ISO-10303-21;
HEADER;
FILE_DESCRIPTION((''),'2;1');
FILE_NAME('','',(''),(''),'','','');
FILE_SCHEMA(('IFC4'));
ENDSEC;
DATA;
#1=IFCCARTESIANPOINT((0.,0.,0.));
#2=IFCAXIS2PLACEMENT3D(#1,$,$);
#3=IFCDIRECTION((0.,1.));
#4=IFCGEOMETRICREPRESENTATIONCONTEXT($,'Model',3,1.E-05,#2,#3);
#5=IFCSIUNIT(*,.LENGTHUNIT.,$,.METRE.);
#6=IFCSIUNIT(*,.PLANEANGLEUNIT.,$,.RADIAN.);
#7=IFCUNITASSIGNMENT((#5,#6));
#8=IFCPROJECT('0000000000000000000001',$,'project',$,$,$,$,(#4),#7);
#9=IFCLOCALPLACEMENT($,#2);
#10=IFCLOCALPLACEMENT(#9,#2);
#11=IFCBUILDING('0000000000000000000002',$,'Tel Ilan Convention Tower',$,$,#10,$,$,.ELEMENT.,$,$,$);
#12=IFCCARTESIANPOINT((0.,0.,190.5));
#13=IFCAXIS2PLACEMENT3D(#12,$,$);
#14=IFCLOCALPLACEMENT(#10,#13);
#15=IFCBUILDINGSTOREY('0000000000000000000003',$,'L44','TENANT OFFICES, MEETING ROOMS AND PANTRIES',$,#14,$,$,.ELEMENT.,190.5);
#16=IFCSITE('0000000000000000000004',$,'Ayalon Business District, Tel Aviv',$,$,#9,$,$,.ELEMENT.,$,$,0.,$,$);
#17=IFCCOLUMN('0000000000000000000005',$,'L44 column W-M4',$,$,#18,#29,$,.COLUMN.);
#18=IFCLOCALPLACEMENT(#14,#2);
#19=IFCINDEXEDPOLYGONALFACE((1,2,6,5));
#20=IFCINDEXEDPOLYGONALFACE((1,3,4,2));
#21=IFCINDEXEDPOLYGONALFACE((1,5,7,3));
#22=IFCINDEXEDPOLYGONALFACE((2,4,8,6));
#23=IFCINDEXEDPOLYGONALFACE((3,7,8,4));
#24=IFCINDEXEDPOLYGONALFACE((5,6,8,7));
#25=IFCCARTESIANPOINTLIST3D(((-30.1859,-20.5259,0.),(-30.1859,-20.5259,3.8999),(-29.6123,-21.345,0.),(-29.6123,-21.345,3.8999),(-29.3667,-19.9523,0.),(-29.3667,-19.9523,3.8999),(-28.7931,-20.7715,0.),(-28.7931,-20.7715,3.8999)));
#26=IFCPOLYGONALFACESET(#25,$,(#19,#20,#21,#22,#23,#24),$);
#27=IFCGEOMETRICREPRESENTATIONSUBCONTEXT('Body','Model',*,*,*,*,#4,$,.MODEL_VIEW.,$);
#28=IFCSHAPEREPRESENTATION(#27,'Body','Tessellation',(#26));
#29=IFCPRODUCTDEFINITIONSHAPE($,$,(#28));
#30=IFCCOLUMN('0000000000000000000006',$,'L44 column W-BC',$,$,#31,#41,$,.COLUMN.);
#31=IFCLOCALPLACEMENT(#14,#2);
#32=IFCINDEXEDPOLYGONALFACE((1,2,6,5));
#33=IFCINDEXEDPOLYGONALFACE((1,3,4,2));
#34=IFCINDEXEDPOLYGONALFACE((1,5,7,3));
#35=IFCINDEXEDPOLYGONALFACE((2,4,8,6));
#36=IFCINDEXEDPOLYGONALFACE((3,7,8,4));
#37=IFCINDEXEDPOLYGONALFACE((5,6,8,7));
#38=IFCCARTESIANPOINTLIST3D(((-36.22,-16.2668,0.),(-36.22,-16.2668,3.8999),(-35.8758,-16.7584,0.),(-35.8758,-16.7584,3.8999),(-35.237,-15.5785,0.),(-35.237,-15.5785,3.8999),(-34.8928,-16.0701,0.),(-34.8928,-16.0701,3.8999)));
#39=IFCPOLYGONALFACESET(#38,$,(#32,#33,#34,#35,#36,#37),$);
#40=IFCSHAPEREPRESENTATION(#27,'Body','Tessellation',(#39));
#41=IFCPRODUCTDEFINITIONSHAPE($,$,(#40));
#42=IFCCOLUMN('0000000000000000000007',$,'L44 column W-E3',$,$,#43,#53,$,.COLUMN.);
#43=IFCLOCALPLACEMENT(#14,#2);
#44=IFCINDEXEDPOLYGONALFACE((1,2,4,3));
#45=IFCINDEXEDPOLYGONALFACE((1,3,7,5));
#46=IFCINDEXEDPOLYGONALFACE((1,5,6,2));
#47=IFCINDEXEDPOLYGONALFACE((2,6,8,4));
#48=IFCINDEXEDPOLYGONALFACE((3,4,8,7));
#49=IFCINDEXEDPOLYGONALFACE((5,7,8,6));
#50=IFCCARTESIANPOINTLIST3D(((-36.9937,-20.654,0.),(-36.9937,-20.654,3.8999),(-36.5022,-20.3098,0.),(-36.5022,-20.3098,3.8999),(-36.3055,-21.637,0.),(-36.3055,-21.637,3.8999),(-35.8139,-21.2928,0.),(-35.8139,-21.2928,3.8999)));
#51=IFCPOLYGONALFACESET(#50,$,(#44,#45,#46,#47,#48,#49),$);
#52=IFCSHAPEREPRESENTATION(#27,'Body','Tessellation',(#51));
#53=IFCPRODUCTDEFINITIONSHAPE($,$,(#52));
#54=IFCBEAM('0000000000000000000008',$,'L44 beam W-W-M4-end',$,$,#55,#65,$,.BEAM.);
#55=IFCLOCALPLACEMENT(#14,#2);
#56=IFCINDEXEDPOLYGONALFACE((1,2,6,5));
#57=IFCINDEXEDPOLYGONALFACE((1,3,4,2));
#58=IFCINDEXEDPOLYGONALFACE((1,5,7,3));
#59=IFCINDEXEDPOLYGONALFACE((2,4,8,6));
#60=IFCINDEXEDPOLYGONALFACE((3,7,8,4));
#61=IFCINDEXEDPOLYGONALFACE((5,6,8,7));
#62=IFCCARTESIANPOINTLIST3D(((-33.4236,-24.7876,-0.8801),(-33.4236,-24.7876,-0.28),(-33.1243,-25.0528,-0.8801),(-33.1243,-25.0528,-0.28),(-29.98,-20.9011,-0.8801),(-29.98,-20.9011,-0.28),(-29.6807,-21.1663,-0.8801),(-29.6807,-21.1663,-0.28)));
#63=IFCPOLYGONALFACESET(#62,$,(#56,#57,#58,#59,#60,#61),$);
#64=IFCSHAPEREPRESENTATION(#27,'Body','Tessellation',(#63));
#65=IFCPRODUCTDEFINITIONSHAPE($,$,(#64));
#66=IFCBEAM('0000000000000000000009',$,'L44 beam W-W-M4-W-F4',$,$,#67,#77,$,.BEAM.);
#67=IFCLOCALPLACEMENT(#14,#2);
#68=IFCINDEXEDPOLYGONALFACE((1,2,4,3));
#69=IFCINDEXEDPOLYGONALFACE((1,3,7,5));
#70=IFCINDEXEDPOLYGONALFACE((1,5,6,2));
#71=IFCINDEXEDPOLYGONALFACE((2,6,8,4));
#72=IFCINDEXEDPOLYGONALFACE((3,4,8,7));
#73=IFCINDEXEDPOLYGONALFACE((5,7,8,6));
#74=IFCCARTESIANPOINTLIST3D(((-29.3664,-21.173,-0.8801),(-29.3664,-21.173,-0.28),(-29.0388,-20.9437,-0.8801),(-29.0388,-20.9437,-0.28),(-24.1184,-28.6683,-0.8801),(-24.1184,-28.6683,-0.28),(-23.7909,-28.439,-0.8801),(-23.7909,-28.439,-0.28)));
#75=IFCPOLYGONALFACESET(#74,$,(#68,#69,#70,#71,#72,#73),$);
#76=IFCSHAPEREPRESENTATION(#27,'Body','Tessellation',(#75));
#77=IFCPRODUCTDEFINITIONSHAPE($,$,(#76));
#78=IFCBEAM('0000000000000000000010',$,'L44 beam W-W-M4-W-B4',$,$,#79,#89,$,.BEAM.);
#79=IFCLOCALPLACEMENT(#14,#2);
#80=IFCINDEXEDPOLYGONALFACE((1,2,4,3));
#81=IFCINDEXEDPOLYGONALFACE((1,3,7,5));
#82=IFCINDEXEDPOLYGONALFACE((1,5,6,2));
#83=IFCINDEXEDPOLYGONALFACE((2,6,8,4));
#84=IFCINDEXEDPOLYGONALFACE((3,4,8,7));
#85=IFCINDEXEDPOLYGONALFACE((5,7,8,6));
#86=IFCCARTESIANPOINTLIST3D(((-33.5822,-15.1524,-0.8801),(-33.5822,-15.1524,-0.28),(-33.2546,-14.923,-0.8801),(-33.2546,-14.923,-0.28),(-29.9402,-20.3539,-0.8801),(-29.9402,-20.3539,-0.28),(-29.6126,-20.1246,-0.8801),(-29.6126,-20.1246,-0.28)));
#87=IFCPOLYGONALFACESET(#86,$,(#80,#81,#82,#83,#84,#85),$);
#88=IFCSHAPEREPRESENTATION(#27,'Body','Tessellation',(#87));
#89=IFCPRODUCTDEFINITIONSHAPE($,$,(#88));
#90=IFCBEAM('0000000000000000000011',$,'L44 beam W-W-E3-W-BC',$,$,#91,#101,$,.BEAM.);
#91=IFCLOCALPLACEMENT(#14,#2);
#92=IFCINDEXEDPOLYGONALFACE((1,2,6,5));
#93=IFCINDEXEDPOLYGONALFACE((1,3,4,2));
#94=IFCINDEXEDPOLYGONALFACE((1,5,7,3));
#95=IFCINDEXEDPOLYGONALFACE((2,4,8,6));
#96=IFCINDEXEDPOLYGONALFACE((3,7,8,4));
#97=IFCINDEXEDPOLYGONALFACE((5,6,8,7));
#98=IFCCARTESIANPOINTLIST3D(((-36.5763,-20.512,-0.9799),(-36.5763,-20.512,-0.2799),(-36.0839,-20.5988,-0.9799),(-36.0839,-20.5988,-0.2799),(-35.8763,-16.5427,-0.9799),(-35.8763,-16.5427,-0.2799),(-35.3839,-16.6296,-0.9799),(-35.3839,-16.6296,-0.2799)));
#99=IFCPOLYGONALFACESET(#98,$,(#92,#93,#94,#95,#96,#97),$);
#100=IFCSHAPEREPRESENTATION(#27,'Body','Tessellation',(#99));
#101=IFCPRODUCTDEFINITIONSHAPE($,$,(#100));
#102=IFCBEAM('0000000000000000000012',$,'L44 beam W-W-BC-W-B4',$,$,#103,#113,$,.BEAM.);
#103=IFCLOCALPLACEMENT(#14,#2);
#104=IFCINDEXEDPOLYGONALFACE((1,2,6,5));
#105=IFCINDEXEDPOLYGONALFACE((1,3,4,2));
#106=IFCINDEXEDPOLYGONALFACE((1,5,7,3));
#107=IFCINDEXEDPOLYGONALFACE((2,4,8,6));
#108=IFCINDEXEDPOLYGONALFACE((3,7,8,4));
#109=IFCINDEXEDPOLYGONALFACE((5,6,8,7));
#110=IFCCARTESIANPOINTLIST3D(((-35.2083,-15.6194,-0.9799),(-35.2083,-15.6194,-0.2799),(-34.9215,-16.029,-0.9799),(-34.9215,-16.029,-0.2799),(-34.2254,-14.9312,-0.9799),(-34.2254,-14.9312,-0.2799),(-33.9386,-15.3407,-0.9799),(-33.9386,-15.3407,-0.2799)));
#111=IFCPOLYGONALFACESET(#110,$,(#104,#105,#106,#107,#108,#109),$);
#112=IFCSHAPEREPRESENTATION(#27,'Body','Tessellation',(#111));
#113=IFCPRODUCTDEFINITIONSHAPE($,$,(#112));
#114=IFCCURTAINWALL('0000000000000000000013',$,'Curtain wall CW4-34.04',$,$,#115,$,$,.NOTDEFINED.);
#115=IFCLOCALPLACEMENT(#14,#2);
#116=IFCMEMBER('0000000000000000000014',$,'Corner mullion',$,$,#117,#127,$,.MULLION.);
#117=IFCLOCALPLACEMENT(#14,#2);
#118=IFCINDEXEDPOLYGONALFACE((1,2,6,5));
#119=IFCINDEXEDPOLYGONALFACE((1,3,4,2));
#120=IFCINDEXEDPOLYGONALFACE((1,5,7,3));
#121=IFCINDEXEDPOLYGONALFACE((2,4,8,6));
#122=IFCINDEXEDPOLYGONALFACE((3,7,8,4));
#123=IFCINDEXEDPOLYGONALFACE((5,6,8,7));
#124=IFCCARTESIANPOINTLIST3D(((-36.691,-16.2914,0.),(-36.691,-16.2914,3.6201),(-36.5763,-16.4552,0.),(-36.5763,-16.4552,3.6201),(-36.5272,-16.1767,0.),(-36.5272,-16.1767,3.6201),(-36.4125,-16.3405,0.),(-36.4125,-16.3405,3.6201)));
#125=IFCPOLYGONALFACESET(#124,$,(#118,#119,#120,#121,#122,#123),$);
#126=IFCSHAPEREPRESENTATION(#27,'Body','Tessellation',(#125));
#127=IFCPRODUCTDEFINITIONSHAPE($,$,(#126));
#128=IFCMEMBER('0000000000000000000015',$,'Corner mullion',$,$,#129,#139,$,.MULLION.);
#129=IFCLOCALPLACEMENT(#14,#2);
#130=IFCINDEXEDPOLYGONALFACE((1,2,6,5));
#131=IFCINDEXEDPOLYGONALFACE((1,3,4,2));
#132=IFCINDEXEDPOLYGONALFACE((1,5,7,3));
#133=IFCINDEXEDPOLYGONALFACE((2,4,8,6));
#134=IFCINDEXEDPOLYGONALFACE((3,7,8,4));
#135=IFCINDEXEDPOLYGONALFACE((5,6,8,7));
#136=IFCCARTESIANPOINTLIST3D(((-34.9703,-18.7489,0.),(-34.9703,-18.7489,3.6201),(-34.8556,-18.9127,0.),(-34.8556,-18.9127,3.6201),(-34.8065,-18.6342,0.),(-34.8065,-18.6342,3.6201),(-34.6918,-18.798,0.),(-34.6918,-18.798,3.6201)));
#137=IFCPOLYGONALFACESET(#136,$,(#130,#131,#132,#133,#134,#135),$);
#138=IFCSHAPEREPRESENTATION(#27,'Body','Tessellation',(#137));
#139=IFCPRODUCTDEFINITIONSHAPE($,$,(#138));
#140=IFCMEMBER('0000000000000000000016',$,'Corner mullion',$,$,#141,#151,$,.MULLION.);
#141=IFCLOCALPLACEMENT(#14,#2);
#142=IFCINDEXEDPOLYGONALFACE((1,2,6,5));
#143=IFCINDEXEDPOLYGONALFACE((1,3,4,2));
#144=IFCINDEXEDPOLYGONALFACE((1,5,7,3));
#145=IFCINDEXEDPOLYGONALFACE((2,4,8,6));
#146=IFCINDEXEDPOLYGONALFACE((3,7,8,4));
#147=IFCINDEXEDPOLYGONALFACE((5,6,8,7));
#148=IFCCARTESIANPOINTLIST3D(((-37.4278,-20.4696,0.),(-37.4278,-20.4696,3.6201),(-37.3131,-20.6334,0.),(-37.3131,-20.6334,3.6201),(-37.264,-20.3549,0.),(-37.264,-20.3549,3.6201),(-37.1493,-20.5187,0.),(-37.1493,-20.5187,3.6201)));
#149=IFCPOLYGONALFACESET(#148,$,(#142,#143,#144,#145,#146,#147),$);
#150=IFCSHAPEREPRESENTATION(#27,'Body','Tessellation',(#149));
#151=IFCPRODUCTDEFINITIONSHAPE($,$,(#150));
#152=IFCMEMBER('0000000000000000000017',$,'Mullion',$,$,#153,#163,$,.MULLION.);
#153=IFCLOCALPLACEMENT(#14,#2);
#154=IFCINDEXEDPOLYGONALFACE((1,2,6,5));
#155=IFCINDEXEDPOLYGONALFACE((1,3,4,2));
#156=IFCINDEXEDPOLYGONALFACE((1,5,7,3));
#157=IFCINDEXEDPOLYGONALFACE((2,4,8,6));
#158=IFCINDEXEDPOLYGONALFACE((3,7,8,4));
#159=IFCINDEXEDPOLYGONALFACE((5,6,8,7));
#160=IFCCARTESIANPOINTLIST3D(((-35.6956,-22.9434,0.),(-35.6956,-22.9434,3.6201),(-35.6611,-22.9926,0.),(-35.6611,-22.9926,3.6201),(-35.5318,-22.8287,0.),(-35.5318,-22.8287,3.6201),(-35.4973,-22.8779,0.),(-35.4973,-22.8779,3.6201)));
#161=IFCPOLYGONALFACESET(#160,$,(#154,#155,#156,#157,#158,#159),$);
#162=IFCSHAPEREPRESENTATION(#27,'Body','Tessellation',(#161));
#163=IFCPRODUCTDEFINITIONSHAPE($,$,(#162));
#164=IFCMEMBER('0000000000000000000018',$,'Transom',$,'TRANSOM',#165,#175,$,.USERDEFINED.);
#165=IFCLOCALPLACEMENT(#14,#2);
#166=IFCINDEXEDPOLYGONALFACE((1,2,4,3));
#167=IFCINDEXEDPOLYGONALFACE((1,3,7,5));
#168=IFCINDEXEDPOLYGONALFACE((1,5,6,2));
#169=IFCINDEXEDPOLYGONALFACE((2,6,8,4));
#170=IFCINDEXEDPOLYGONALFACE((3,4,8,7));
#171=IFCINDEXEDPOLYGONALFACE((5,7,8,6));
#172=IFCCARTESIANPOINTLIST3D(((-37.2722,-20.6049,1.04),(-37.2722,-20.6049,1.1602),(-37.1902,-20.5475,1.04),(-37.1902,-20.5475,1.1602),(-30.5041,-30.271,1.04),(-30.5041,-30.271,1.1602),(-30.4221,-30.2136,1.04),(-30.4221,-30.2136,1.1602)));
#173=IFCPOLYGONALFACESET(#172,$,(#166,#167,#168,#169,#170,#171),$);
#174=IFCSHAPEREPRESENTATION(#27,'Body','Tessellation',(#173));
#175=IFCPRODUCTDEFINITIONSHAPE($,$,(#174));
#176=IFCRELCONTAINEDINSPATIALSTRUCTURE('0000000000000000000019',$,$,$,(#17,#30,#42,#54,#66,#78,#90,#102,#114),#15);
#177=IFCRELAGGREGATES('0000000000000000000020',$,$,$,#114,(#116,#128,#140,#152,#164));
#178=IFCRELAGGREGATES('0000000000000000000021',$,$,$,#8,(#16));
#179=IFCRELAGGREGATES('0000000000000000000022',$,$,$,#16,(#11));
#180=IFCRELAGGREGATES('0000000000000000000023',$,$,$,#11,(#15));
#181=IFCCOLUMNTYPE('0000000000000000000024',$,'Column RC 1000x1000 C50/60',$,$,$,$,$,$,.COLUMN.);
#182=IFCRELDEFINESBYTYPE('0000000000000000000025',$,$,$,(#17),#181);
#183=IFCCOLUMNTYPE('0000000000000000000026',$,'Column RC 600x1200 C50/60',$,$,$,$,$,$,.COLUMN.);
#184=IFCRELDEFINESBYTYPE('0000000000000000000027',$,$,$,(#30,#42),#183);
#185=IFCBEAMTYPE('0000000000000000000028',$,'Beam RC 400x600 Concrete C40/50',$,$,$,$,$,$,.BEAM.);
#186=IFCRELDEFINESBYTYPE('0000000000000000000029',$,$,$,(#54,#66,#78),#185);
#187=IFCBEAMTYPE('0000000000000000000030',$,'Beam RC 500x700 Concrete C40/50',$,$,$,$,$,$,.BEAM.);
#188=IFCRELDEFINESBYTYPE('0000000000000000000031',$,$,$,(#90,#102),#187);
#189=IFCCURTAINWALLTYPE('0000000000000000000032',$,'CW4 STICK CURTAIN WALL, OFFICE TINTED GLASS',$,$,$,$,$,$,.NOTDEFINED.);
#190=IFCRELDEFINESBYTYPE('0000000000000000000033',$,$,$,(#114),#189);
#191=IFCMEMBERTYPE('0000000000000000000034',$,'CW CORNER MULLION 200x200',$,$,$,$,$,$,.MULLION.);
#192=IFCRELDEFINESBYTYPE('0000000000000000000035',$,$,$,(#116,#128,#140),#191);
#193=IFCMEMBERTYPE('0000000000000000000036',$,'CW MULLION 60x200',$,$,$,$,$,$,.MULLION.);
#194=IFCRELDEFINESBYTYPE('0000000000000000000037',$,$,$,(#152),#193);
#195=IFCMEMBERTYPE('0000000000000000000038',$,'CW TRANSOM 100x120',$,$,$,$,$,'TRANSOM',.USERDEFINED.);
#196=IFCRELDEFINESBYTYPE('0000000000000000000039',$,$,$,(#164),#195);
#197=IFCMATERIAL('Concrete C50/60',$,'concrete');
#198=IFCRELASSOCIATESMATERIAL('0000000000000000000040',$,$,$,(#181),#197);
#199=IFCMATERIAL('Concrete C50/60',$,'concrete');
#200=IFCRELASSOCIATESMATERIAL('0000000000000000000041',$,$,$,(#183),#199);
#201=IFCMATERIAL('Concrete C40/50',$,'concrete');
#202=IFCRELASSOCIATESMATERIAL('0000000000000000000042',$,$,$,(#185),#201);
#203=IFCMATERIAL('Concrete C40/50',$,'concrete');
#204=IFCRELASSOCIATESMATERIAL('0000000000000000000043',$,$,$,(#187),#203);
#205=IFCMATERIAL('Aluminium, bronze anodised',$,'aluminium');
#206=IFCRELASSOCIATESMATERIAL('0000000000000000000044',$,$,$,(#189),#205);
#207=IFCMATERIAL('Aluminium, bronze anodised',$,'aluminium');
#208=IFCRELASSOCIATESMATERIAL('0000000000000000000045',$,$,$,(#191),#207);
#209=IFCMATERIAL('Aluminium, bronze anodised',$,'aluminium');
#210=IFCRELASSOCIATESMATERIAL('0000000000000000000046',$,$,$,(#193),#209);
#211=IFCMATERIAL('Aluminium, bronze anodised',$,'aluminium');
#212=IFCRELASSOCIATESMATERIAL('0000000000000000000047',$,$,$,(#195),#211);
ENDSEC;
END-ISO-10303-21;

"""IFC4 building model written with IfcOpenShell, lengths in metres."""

from ifc_helpers import new_model, si_unit, direction, frame, origin, origin_2d, place, context, subcontext, project, spatial, rectangle, extrude, material, material_profile, profile_set, type_object, element, aggregate, save


model = new_model("IFC4")

# Units and contexts
model_context = context("Model", 3, precision=1e-05, world=origin(), true_north=direction((0.0, 1.0)))
body_context = subcontext(model_context, "Body", "Model", "MODEL_VIEW")
ifc_project = project(units=[si_unit("LENGTHUNIT", "METRE"), si_unit("PLANEANGLEUNIT", "RADIAN")], contexts=[model_context])

# Site, building, storey
site_placement = place(None, origin())
site = spatial("IfcSite", under=ifc_project, at=site_placement, Name="Ayalon Business District, Tel Aviv", CompositionType="ELEMENT", RefElevation=0.0)
building_placement = place(site_placement, origin())
building = spatial("IfcBuilding", under=site, at=building_placement, Name="Tel Ilan Convention Tower", CompositionType="ELEMENT")
storey_placement = place(building_placement, frame((0.0, 0.0, 190.5)))
storey = spatial("IfcBuildingStorey", under=building, at=storey_placement, Name="L44", Description="TENANT OFFICES, MEETING ROOMS AND PANTRIES", CompositionType="ELEMENT", Elevation=190.5)

# Columns
ifc_material_1 = material(Name="Concrete C50/60", Category="concrete")
ifc_material_profile_1 = material_profile(ifc_material_1, rectangle(XDim=1.0, YDim=1.0, at=origin_2d()), Name="RC 1000x1000")
ifc_profile_set_1 = profile_set([ifc_material_profile_1], Name="Concrete C50/60")
column_type_1 = type_object("IfcColumnType", Name="Column RC 1000x1000 C50/60", PredefinedType="COLUMN", material=ifc_profile_set_1)
column_placement = place(storey_placement, frame((-29.4895, -20.6487, 0.0), z_axis=(0.0, 0.0, 1.0), x_axis=(-0.819152, -0.573576, 0.0)))
element("IfcColumn", 1, at=column_placement, inside=storey, type_object=column_type_1, Name="L44 column W-M4", PredefinedType="COLUMN", context=body_context, shape_type="SweptSolid", body=[
    extrude(rectangle(XDim=1.0, YDim=1.0, at=origin_2d()), origin(), (0.0, 0.0, 1.0), 3.8999),
])
ifc_material_2 = material(Name="Concrete C50/60", Category="concrete")
ifc_material_profile_2 = material_profile(ifc_material_2, rectangle(XDim=1.2, YDim=0.6001, at=origin_2d()), Name="RC 600x1200")
ifc_profile_set_2 = profile_set([ifc_material_profile_2], Name="Concrete C50/60")
column_type_2 = type_object("IfcColumnType", Name="Column RC 600x1200 C50/60", PredefinedType="COLUMN", material=ifc_profile_set_2)
for number, where, z_axis, x_axis, name in (
    (2, (-35.5564, -16.1685, 0.0), (0.0, 0.0, 1.0), (-0.819152, -0.573576, 0.0), "L44 column W-BC"),
    (3, (-36.4038, -20.9734, 0.0), (0.0, 0.0, 1.0), (-0.573576, 0.819152, 0.0), "L44 column W-E3"),
):
    element("IfcColumn", number, at=place(storey_placement, frame(where, z_axis=z_axis, x_axis=x_axis)), inside=storey, type_object=column_type_2, Name=name, PredefinedType="COLUMN", context=body_context, shape_type="SweptSolid", body=[
        extrude(rectangle(XDim=1.2, YDim=0.6001, at=origin_2d()), origin(), (0.0, 0.0, 1.0), 3.8999),
    ])

# Beams
ifc_material_3 = material(Name="Concrete C40/50", Category="concrete")
ifc_material_profile_3 = material_profile(ifc_material_3, rectangle(XDim=0.3999, YDim=0.6001, at=origin_2d()), Name="RC 400x600")
ifc_profile_set_3 = profile_set([ifc_material_profile_3], Name="Concrete C40/50")
beam_type_1 = type_object("IfcBeamType", Name="Beam RC 400x600 Concrete C40/50", PredefinedType="BEAM", material=ifc_profile_set_3)
beam_1_placement = place(storey_placement, frame((-29.8303, -21.0337, -0.5801), z_axis=(-0.663175, -0.748464, 0.0), x_axis=(0.748464, -0.663175, 0.0)))
element("IfcBeam", 4, at=beam_1_placement, inside=storey, type_object=beam_type_1, Name="L44 beam W-W-M4-end", PredefinedType="BEAM", context=body_context, shape_type="SweptSolid", body=[
    extrude(rectangle(XDim=0.3999, YDim=0.6001, at=origin_2d()), origin(), (0.0, 0.0, 1.0), 5.1926),
])
beam_2_placement = place(storey_placement, frame((-29.2026, -21.0583, -0.5801), z_axis=(0.573557, -0.819165, 0.0), x_axis=(0.819165, 0.573557, 0.0)))
element("IfcBeam", 5, at=beam_2_placement, inside=storey, type_object=beam_type_1, Name="L44 beam W-W-M4-W-F4", PredefinedType="BEAM", context=body_context, shape_type="SweptSolid", body=[
    extrude(rectangle(XDim=0.3999, YDim=0.6001, at=origin_2d()), origin(), (0.0, 0.0, 1.0), 9.1499),
])
beam_3_placement = place(storey_placement, frame((-29.7764, -20.2393, -0.5801), z_axis=(-0.57356, 0.819163, 0.0), x_axis=(-0.819163, -0.57356, 0.0)))
element("IfcBeam", 6, at=beam_3_placement, inside=storey, type_object=beam_type_1, Name="L44 beam W-W-M4-W-B4", PredefinedType="BEAM", context=body_context, shape_type="SweptSolid", body=[
    extrude(rectangle(XDim=0.3999, YDim=0.6001, at=origin_2d()), origin(), (0.0, 0.0, 1.0), 6.3499),
])
ifc_material_4 = material(Name="Concrete C40/50", Category="concrete")
ifc_material_profile_4 = material_profile(ifc_material_4, rectangle(XDim=0.5, YDim=0.7, at=origin_2d()), Name="RC 500x700")
ifc_profile_set_4 = profile_set([ifc_material_profile_4], Name="Concrete C40/50")
beam_type_2 = type_object("IfcBeamType", Name="Beam RC 500x700 Concrete C40/50", PredefinedType="BEAM", material=ifc_profile_set_4)
beam_4_placement = place(storey_placement, frame((-36.3301, -20.5554, -0.6299), z_axis=(0.173664, 0.984805, 0.0), x_axis=(-0.984805, 0.173664, 0.0)))
element("IfcBeam", 7, at=beam_4_placement, inside=storey, type_object=beam_type_2, Name="L44 beam W-W-E3-W-BC", PredefinedType="BEAM", context=body_context, shape_type="SweptSolid", body=[
    extrude(rectangle(XDim=0.5, YDim=0.7, at=origin_2d()), origin(), (0.0, 0.0, 1.0), 4.0305),
])
beam_5_placement = place(storey_placement, frame((-35.0649, -15.8242, -0.6299), z_axis=(0.819155, 0.573572, 0.0), x_axis=(-0.573572, 0.819155, 0.0)))
element("IfcBeam", 8, at=beam_5_placement, inside=storey, type_object=beam_type_2, Name="L44 beam W-W-BC-W-B4", PredefinedType="BEAM", context=body_context, shape_type="SweptSolid", body=[
    extrude(rectangle(XDim=0.5, YDim=0.7, at=origin_2d()), origin(), (0.0, 0.0, 1.0), 1.2),
])

# Curtain wall, members
ifc_material_5 = material(Name="Aluminium, bronze anodised", Category="aluminium")
curtain_wall_type = type_object("IfcCurtainWallType", Name="CW4 STICK CURTAIN WALL, OFFICE TINTED GLASS", PredefinedType="NOTDEFINED", material=ifc_material_5)
curtain_wall_placement = place(storey_placement, origin())
curtain_wall = element("IfcCurtainWall", 9, at=curtain_wall_placement, inside=storey, type_object=curtain_wall_type, Name="Curtain wall CW4-34.04", PredefinedType="NOTDEFINED")
ifc_material_6 = material(Name="Aluminium, bronze anodised", Category="aluminium")
ifc_material_profile_5 = material_profile(ifc_material_6, rectangle(XDim=0.2, YDim=0.2, at=origin_2d()), Name="CW CORNER MULLION 200x200")
ifc_profile_set_5 = profile_set([ifc_material_profile_5], Name="Aluminium, bronze anodised")
member_type_1 = type_object("IfcMemberType", Name="CW CORNER MULLION 200x200", PredefinedType="MULLION", material=ifc_profile_set_5)
member_1_placement = place(storey_placement, frame((-36.5518, -16.3159, 0.0), z_axis=(0.0, 0.0, 1.0), x_axis=(-0.819152, -0.573576, 0.0)))
member_1 = element("IfcMember", 10, at=member_1_placement, type_object=member_type_1, Name="Corner mullion", PredefinedType="MULLION", context=body_context, shape_type="SweptSolid", body=[
    extrude(rectangle(XDim=0.2, YDim=0.2, at=origin_2d()), origin(), (0.0, 0.0, 1.0), 3.6201),
])
member_2_placement = place(storey_placement, frame((-34.8311, -18.7734, 0.0), z_axis=(0.0, 0.0, 1.0), x_axis=(0.573576, -0.819152, 0.0)))
member_2 = element("IfcMember", 11, at=member_2_placement, type_object=member_type_1, Name="Corner mullion", PredefinedType="MULLION", context=body_context, shape_type="SweptSolid", body=[
    extrude(rectangle(XDim=0.2, YDim=0.2, at=origin_2d()), origin(), (0.0, 0.0, 1.0), 3.6201),
])
member_3_placement = place(storey_placement, frame((-37.2886, -20.4941, 0.0), z_axis=(0.0, 0.0, 1.0), x_axis=(-0.819152, -0.573576, 0.0)))
member_3 = element("IfcMember", 12, at=member_3_placement, type_object=member_type_1, Name="Corner mullion", PredefinedType="MULLION", context=body_context, shape_type="SweptSolid", body=[
    extrude(rectangle(XDim=0.2, YDim=0.2, at=origin_2d()), origin(), (0.0, 0.0, 1.0), 3.6201),
])
ifc_material_7 = material(Name="Aluminium, bronze anodised", Category="aluminium")
ifc_material_profile_6 = material_profile(ifc_material_7, rectangle(XDim=0.0601, YDim=0.2, at=origin_2d()), Name="CW MULLION 60x200")
ifc_profile_set_6 = profile_set([ifc_material_profile_6], Name="Aluminium, bronze anodised")
member_type_2 = type_object("IfcMemberType", Name="CW MULLION 60x200", PredefinedType="MULLION", material=ifc_profile_set_6)
member_4_placement = place(storey_placement, frame((-35.5964, -22.9106, 0.0), z_axis=(0.0, 0.0, 1.0), x_axis=(0.573576, -0.819152, 0.0)))
member_4 = element("IfcMember", 13, at=member_4_placement, type_object=member_type_2, Name="Mullion", PredefinedType="MULLION", context=body_context, shape_type="SweptSolid", body=[
    extrude(rectangle(XDim=0.0601, YDim=0.2, at=origin_2d()), origin(), (0.0, 0.0, 1.0), 3.6201),
])
ifc_material_8 = material(Name="Aluminium, bronze anodised", Category="aluminium")
ifc_material_profile_7 = material_profile(ifc_material_8, rectangle(XDim=0.1001, YDim=0.1201, at=origin_2d()), Name="CW TRANSOM 100x120")
ifc_profile_set_7 = profile_set([ifc_material_profile_7], Name="Aluminium, bronze anodised")
member_type_3 = type_object("IfcMemberType", Name="CW TRANSOM 100x120", ElementType="TRANSOM", PredefinedType="USERDEFINED", material=ifc_profile_set_7)
member_5_placement = place(storey_placement, frame((-37.2312, -20.5762, 1.1001), z_axis=(0.573568, -0.819158, 0.0), x_axis=(0.819158, 0.573568, 0.0)))
member_5 = element("IfcMember", 14, at=member_5_placement, type_object=member_type_3, Name="Transom", ObjectType="TRANSOM", PredefinedType="USERDEFINED", context=body_context, shape_type="SweptSolid", body=[
    extrude(rectangle(XDim=0.1001, YDim=0.1201, at=origin_2d()), origin(), (0.0, 0.0, 1.0), 11.8),
])
aggregate(curtain_wall, [member_1, member_2, member_3, member_4, member_5])

save(model, "model.ifc")
